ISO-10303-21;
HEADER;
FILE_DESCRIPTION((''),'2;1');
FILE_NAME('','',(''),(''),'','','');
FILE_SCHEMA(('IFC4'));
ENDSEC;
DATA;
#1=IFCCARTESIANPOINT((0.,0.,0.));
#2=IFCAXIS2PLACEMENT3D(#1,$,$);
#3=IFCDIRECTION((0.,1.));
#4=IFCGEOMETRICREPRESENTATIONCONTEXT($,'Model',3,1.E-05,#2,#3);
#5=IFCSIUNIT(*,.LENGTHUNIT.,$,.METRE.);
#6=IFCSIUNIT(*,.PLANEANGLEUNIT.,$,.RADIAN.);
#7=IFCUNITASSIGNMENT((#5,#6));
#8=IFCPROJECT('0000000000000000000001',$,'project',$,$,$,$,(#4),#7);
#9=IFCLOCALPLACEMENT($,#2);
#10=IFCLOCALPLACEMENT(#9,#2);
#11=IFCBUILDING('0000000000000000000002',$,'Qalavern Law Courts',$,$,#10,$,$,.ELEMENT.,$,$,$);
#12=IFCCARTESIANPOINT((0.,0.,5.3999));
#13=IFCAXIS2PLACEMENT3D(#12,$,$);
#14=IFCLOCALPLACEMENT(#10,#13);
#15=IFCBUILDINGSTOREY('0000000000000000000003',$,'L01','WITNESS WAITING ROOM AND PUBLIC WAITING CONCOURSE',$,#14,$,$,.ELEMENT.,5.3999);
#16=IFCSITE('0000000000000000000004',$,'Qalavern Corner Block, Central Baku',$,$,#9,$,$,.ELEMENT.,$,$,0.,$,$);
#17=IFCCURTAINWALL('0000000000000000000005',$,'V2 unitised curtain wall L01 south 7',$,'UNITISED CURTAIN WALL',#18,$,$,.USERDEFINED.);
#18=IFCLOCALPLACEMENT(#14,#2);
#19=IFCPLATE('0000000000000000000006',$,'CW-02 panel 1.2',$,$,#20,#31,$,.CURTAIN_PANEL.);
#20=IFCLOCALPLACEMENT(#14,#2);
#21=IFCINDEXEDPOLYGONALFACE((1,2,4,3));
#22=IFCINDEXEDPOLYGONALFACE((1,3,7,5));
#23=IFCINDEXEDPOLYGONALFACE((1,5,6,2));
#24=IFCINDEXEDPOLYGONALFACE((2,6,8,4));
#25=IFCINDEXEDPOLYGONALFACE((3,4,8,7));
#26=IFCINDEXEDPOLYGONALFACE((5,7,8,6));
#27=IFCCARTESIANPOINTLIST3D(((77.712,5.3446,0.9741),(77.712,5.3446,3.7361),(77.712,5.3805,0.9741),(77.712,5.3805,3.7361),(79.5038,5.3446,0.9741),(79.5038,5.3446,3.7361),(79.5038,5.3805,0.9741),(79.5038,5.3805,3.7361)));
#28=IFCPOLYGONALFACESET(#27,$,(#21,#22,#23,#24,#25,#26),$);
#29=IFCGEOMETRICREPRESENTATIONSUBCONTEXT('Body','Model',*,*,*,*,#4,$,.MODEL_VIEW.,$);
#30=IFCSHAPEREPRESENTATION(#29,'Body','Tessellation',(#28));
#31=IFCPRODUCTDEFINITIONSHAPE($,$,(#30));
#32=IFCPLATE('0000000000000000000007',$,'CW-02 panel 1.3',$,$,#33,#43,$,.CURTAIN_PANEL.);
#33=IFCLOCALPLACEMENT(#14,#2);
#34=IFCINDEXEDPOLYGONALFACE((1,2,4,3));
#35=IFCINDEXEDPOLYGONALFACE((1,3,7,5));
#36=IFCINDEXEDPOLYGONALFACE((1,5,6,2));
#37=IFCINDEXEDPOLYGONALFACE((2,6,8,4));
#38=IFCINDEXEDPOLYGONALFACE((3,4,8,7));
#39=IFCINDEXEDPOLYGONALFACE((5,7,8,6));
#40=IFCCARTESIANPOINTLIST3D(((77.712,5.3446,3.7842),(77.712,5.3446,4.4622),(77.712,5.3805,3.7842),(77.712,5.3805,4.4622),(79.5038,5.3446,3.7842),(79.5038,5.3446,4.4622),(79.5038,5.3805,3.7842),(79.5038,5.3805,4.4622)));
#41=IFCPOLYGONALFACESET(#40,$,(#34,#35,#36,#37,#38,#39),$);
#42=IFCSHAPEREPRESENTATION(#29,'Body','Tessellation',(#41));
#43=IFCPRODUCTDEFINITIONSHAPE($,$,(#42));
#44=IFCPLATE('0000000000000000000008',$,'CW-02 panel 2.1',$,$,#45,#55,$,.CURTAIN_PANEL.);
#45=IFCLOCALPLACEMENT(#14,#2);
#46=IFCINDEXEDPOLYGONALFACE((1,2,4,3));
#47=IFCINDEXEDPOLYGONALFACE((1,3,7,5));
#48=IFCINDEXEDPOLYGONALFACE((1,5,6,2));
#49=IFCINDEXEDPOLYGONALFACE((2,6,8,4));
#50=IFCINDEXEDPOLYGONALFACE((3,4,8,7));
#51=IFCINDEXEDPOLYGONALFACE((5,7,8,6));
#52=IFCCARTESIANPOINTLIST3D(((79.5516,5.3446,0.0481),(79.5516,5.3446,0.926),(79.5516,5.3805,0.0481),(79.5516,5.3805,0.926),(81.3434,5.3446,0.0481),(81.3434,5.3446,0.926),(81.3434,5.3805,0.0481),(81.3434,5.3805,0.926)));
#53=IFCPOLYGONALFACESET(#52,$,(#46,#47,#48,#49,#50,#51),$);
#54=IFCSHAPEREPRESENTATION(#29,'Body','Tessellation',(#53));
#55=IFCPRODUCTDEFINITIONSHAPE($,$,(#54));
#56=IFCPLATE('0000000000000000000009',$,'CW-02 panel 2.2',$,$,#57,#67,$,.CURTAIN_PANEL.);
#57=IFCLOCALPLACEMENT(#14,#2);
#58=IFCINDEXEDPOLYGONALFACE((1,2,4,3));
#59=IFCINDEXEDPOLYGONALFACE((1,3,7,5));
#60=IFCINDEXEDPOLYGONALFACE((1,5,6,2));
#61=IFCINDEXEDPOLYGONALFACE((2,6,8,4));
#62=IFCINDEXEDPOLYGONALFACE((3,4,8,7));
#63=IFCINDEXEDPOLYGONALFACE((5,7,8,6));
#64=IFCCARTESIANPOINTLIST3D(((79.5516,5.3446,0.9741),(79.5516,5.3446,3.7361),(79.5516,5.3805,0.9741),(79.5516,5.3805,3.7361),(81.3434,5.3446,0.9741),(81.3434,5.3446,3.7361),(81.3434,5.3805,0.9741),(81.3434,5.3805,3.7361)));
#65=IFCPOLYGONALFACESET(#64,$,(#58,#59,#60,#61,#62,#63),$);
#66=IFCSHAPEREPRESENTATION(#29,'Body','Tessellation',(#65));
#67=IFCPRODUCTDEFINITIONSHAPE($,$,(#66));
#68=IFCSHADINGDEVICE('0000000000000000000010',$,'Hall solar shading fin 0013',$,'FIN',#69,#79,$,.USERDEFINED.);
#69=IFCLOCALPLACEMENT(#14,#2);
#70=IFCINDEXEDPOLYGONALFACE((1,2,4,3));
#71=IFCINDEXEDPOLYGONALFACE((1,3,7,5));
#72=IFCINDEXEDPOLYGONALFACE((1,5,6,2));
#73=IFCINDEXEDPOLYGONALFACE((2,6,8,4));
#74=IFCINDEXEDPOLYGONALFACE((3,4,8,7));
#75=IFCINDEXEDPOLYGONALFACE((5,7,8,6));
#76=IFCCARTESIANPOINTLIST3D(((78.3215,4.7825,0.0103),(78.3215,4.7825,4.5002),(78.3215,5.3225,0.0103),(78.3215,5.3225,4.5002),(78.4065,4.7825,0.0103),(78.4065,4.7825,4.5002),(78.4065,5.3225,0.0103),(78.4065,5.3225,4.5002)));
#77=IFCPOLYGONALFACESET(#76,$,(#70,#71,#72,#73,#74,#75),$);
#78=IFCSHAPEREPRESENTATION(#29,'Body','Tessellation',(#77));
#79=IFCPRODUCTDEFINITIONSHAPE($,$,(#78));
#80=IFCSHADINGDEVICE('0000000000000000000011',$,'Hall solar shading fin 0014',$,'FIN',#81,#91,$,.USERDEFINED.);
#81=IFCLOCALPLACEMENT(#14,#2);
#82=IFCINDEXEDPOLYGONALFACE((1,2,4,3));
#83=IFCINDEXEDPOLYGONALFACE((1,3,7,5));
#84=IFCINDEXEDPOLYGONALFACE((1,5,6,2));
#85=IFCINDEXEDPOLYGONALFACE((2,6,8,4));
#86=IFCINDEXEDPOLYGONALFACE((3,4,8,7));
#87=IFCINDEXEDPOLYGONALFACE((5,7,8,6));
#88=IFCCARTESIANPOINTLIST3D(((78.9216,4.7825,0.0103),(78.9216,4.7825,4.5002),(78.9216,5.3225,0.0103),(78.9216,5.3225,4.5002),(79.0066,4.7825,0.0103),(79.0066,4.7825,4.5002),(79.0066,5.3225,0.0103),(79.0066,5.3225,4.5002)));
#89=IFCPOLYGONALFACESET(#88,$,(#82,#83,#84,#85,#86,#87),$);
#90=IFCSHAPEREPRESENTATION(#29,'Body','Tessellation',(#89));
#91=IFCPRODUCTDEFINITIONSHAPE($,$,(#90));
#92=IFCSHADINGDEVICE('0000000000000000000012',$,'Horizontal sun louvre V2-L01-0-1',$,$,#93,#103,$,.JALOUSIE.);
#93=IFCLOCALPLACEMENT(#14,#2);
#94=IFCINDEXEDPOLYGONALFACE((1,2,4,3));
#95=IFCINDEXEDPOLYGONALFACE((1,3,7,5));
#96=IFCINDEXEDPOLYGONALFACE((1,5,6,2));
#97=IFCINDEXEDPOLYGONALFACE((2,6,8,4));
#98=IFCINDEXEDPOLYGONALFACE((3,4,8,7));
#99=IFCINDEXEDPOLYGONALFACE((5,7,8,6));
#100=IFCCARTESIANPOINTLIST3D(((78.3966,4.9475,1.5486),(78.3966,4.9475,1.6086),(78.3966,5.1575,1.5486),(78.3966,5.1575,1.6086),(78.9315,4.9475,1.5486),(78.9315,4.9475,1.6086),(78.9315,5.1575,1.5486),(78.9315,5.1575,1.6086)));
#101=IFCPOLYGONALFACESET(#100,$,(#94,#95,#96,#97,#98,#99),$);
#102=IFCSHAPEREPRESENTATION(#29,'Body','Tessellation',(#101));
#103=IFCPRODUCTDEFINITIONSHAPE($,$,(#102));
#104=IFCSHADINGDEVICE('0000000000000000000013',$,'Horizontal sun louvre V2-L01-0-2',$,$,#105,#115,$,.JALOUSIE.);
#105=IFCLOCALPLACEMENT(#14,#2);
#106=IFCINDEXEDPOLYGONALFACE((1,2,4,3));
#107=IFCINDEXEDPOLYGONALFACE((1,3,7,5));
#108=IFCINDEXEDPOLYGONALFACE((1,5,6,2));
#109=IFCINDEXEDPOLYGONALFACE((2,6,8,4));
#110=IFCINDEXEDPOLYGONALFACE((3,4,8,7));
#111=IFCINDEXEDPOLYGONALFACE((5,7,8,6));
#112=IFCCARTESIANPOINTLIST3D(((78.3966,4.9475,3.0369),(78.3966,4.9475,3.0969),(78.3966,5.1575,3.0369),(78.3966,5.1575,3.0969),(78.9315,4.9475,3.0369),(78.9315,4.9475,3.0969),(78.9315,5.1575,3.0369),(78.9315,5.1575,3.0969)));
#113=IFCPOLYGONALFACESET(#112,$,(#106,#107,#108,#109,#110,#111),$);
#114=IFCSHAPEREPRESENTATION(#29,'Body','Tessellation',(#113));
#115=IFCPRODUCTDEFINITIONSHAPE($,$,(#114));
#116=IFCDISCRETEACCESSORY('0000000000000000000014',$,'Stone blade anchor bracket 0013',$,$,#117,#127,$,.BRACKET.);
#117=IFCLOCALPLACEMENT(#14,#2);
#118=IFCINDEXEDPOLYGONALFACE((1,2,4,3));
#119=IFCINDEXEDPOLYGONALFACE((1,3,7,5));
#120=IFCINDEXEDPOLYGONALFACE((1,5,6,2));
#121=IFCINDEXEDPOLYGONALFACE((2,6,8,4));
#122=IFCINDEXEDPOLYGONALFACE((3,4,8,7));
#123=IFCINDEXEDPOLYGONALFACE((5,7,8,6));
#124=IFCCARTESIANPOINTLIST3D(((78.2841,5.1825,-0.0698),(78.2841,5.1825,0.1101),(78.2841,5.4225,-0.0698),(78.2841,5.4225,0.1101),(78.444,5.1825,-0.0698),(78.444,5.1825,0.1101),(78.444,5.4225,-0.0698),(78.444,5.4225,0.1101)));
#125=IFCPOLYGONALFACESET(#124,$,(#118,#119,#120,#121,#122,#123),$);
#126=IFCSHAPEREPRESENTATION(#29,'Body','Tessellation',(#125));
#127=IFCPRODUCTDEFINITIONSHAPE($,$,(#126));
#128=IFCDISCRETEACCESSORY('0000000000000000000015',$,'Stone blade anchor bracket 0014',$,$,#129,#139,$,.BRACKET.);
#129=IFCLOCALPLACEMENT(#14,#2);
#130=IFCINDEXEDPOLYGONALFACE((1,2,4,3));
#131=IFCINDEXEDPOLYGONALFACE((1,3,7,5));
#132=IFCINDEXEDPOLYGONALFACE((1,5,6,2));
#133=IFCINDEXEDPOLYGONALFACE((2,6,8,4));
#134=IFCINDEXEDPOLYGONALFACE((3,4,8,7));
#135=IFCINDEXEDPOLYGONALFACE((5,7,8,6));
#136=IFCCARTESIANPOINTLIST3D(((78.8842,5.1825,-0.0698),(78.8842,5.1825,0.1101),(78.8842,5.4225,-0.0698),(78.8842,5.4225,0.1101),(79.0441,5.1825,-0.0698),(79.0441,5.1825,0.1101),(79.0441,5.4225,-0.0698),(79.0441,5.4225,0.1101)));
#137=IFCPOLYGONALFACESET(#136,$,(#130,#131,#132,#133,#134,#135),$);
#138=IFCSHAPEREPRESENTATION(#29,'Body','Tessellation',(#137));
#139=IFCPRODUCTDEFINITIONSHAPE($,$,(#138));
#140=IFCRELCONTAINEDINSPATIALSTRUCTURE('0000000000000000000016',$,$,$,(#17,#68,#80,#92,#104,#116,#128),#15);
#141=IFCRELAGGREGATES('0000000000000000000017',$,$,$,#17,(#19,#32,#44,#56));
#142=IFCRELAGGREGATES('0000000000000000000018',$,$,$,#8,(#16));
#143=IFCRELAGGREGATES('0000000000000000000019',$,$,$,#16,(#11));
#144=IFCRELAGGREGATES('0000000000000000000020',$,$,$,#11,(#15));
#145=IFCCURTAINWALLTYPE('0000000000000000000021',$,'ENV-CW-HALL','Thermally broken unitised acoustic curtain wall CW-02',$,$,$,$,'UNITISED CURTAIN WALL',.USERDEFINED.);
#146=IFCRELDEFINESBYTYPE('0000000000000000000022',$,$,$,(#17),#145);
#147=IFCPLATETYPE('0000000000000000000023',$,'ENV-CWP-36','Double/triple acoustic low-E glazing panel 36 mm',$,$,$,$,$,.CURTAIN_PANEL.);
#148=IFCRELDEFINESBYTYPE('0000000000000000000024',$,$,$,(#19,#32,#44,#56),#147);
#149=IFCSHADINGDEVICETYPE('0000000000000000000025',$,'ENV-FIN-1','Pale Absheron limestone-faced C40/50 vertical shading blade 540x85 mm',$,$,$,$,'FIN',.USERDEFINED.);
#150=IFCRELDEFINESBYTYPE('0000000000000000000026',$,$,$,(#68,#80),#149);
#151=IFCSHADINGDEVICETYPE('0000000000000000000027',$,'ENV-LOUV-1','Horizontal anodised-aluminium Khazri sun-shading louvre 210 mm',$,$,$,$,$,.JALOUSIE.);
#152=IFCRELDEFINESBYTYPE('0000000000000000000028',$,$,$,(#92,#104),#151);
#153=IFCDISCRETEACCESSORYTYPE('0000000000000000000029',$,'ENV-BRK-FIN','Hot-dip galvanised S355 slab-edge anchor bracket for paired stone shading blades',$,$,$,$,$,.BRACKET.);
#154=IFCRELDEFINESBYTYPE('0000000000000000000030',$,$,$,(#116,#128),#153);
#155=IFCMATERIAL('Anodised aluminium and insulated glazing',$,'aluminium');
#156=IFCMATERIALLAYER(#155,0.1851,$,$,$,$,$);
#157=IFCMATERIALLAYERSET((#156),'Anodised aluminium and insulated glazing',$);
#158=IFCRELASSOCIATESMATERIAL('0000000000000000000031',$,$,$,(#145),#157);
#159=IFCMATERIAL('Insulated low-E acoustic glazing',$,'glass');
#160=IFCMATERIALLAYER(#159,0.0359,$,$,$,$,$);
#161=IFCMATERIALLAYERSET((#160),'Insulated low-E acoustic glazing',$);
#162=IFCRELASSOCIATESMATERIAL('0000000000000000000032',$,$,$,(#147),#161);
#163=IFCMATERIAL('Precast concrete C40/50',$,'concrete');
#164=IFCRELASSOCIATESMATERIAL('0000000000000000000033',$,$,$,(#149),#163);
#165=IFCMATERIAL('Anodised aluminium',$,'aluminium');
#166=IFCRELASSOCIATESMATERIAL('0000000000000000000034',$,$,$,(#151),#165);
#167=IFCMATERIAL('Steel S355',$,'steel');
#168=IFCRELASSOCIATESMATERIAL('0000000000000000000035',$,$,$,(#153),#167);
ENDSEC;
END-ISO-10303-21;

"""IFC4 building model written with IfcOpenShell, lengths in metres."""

from ifc_helpers import new_model, si_unit, direction, frame, origin, origin_2d, place, context, subcontext, project, spatial, rectangle, extrude, material, layer, layer_set, type_object, element, aggregate, save


model = new_model("IFC4")

# Units and contexts
model_context = context("Model", 3, precision=1e-05, world=origin(), true_north=direction((0.0, 1.0)))
body_context = subcontext(model_context, "Body", "Model", "MODEL_VIEW")
ifc_project = project(units=[si_unit("LENGTHUNIT", "METRE"), si_unit("PLANEANGLEUNIT", "RADIAN")], contexts=[model_context])

# Site, building, storey
site_placement = place(None, origin())
site = spatial("IfcSite", under=ifc_project, at=site_placement, Name="Qalavern Corner Block, Central Baku", CompositionType="ELEMENT", RefElevation=0.0)
building_placement = place(site_placement, origin())
building = spatial("IfcBuilding", under=site, at=building_placement, Name="Qalavern Law Courts", CompositionType="ELEMENT")
storey_placement = place(building_placement, frame((0.0, 0.0, 5.3999)))
storey = spatial("IfcBuildingStorey", under=building, at=storey_placement, Name="L01", Description="WITNESS WAITING ROOM AND PUBLIC WAITING CONCOURSE", CompositionType="ELEMENT", Elevation=5.3999)

# Curtain wall, plates
ifc_material_1 = material(Name="Anodised aluminium and insulated glazing", Category="aluminium")
ifc_layer_1 = layer(ifc_material_1, 0.1851)
ifc_layer_set_1 = layer_set([ifc_layer_1], Name="Anodised aluminium and insulated glazing")
curtain_wall_type = type_object("IfcCurtainWallType", Name="ENV-CW-HALL", Description="Thermally broken unitised acoustic curtain wall CW-02", ElementType="UNITISED CURTAIN WALL", PredefinedType="USERDEFINED", material=ifc_layer_set_1)
curtain_wall_placement = place(storey_placement, origin())
curtain_wall = element("IfcCurtainWall", 1, at=curtain_wall_placement, inside=storey, type_object=curtain_wall_type, Name="V2 unitised curtain wall L01 south 7", ObjectType="UNITISED CURTAIN WALL", PredefinedType="USERDEFINED")
ifc_material_2 = material(Name="Anodised aluminium", Category="aluminium")
ifc_material_3 = material(Name="Insulated low-E acoustic glazing", Category="glass")
ifc_layer_2 = layer(ifc_material_3, 0.0359)
ifc_layer_set_2 = layer_set([ifc_layer_2], Name="Insulated low-E acoustic glazing")
plate_type = type_object("IfcPlateType", Name="ENV-CWP-36", Description="Double/triple acoustic low-E glazing panel 36 mm", PredefinedType="CURTAIN_PANEL", material=ifc_layer_set_2)
plate_1_placement = place(storey_placement, frame((78.6079, 5.3625, 0.9741), z_axis=(0.0, 0.0, 1.0), x_axis=(1.0, 0.0, 0.0)))
plate_1 = element("IfcPlate", 2, at=plate_1_placement, type_object=plate_type, Name="CW-02 panel 1.2", PredefinedType="CURTAIN_PANEL", context=body_context, shape_type="SweptSolid", body=[
    extrude(rectangle(XDim=1.7917, YDim=0.0359, at=origin_2d()), origin(), (0.0, 0.0, 1.0), 2.762),
])
plate_2_placement = place(storey_placement, frame((78.6079, 5.3625, 3.7842), z_axis=(0.0, 0.0, 1.0), x_axis=(1.0, 0.0, 0.0)))
plate_2 = element("IfcPlate", 3, at=plate_2_placement, type_object=plate_type, Name="CW-02 panel 1.3", PredefinedType="CURTAIN_PANEL", context=body_context, shape_type="SweptSolid", body=[
    extrude(rectangle(XDim=1.7917, YDim=0.0359, at=origin_2d()), origin(), (0.0, 0.0, 1.0), 0.678),
])
plate_3_placement = place(storey_placement, frame((80.4475, 5.3625, 0.0481), z_axis=(0.0, 0.0, 1.0), x_axis=(1.0, 0.0, 0.0)))
plate_3 = element("IfcPlate", 4, at=plate_3_placement, type_object=plate_type, Name="CW-02 panel 2.1", PredefinedType="CURTAIN_PANEL", context=body_context, shape_type="SweptSolid", body=[
    extrude(rectangle(XDim=1.7917, YDim=0.0359, at=origin_2d()), origin(), (0.0, 0.0, 1.0), 0.8779),
])
plate_4_placement = place(storey_placement, frame((80.4475, 5.3625, 0.9741), z_axis=(0.0, 0.0, 1.0), x_axis=(1.0, 0.0, 0.0)))
plate_4 = element("IfcPlate", 5, at=plate_4_placement, type_object=plate_type, Name="CW-02 panel 2.2", PredefinedType="CURTAIN_PANEL", context=body_context, shape_type="SweptSolid", body=[
    extrude(rectangle(XDim=1.7917, YDim=0.0359, at=origin_2d()), origin(), (0.0, 0.0, 1.0), 2.762),
])
aggregate(curtain_wall, [plate_1, plate_2, plate_3, plate_4])

# Shading devices
ifc_material_4 = material(Name="Precast concrete C40/50", Category="concrete")
shading_device_type_1 = type_object("IfcShadingDeviceType", Name="ENV-FIN-1", Description="Pale Absheron limestone-faced C40/50 vertical shading blade 540x85 mm", ElementType="FIN", PredefinedType="USERDEFINED", material=ifc_material_4)
for number, where, z_axis, x_axis, name in (
    (6, (78.364, 5.0525, 0.0103), (0.0, 0.0, 1.0), (0.0, -1.0, 0.0), "Hall solar shading fin 0013"),
    (7, (78.9641, 5.0525, 0.0103), (0.0, 0.0, 1.0), (0.0, -1.0, 0.0), "Hall solar shading fin 0014"),
):
    element("IfcShadingDevice", number, at=place(storey_placement, frame(where, z_axis=z_axis, x_axis=x_axis)), inside=storey, type_object=shading_device_type_1, Name=name, ObjectType="FIN", PredefinedType="USERDEFINED", context=body_context, shape_type="SweptSolid", body=[
        extrude(rectangle(XDim=0.54, YDim=0.085, at=origin_2d()), origin(), (0.0, 0.0, 1.0), 4.49),
    ])
shading_device_type_2 = type_object("IfcShadingDeviceType", Name="ENV-LOUV-1", Description="Horizontal anodised-aluminium Khazri sun-shading louvre 210 mm", PredefinedType="JALOUSIE", material=ifc_material_2)
for number, where, z_axis, x_axis, name in (
    (8, (78.6641, 5.0525, 1.5486), (0.0, 0.0, 1.0), (1.0, 0.0, 0.0), "Horizontal sun louvre V2-L01-0-1"),
    (9, (78.6641, 5.0525, 3.0369), (0.0, 0.0, 1.0), (1.0, 0.0, 0.0), "Horizontal sun louvre V2-L01-0-2"),
):
    element("IfcShadingDevice", number, at=place(storey_placement, frame(where, z_axis=z_axis, x_axis=x_axis)), inside=storey, type_object=shading_device_type_2, Name=name, PredefinedType="JALOUSIE", context=body_context, shape_type="SweptSolid", body=[
        extrude(rectangle(XDim=0.5349, YDim=0.21, at=origin_2d()), origin(), (0.0, 0.0, 1.0), 0.0601),
    ])

# Discrete accessories
ifc_material_5 = material(Name="Steel S355", Category="steel")
discrete_accessory_type = type_object("IfcDiscreteAccessoryType", Name="ENV-BRK-FIN", Description="Hot-dip galvanised S355 slab-edge anchor bracket for paired stone shading blades", PredefinedType="BRACKET", material=ifc_material_5)
for number, where, z_axis, x_axis, name in (
    (10, (78.364, 5.3025, -0.0698), (0.0, 0.0, 1.0), (0.0, -1.0, 0.0), "Stone blade anchor bracket 0013"),
    (11, (78.9641, 5.3025, -0.0698), (0.0, 0.0, 1.0), (0.0, -1.0, 0.0), "Stone blade anchor bracket 0014"),
):
    element("IfcDiscreteAccessory", number, at=place(storey_placement, frame(where, z_axis=z_axis, x_axis=x_axis)), inside=storey, type_object=discrete_accessory_type, Name=name, PredefinedType="BRACKET", context=body_context, shape_type="SweptSolid", body=[
        extrude(rectangle(XDim=0.24, YDim=0.1599, at=origin_2d()), origin(), (0.0, 0.0, 1.0), 0.1799),
    ])

save(model, "model.ifc")
